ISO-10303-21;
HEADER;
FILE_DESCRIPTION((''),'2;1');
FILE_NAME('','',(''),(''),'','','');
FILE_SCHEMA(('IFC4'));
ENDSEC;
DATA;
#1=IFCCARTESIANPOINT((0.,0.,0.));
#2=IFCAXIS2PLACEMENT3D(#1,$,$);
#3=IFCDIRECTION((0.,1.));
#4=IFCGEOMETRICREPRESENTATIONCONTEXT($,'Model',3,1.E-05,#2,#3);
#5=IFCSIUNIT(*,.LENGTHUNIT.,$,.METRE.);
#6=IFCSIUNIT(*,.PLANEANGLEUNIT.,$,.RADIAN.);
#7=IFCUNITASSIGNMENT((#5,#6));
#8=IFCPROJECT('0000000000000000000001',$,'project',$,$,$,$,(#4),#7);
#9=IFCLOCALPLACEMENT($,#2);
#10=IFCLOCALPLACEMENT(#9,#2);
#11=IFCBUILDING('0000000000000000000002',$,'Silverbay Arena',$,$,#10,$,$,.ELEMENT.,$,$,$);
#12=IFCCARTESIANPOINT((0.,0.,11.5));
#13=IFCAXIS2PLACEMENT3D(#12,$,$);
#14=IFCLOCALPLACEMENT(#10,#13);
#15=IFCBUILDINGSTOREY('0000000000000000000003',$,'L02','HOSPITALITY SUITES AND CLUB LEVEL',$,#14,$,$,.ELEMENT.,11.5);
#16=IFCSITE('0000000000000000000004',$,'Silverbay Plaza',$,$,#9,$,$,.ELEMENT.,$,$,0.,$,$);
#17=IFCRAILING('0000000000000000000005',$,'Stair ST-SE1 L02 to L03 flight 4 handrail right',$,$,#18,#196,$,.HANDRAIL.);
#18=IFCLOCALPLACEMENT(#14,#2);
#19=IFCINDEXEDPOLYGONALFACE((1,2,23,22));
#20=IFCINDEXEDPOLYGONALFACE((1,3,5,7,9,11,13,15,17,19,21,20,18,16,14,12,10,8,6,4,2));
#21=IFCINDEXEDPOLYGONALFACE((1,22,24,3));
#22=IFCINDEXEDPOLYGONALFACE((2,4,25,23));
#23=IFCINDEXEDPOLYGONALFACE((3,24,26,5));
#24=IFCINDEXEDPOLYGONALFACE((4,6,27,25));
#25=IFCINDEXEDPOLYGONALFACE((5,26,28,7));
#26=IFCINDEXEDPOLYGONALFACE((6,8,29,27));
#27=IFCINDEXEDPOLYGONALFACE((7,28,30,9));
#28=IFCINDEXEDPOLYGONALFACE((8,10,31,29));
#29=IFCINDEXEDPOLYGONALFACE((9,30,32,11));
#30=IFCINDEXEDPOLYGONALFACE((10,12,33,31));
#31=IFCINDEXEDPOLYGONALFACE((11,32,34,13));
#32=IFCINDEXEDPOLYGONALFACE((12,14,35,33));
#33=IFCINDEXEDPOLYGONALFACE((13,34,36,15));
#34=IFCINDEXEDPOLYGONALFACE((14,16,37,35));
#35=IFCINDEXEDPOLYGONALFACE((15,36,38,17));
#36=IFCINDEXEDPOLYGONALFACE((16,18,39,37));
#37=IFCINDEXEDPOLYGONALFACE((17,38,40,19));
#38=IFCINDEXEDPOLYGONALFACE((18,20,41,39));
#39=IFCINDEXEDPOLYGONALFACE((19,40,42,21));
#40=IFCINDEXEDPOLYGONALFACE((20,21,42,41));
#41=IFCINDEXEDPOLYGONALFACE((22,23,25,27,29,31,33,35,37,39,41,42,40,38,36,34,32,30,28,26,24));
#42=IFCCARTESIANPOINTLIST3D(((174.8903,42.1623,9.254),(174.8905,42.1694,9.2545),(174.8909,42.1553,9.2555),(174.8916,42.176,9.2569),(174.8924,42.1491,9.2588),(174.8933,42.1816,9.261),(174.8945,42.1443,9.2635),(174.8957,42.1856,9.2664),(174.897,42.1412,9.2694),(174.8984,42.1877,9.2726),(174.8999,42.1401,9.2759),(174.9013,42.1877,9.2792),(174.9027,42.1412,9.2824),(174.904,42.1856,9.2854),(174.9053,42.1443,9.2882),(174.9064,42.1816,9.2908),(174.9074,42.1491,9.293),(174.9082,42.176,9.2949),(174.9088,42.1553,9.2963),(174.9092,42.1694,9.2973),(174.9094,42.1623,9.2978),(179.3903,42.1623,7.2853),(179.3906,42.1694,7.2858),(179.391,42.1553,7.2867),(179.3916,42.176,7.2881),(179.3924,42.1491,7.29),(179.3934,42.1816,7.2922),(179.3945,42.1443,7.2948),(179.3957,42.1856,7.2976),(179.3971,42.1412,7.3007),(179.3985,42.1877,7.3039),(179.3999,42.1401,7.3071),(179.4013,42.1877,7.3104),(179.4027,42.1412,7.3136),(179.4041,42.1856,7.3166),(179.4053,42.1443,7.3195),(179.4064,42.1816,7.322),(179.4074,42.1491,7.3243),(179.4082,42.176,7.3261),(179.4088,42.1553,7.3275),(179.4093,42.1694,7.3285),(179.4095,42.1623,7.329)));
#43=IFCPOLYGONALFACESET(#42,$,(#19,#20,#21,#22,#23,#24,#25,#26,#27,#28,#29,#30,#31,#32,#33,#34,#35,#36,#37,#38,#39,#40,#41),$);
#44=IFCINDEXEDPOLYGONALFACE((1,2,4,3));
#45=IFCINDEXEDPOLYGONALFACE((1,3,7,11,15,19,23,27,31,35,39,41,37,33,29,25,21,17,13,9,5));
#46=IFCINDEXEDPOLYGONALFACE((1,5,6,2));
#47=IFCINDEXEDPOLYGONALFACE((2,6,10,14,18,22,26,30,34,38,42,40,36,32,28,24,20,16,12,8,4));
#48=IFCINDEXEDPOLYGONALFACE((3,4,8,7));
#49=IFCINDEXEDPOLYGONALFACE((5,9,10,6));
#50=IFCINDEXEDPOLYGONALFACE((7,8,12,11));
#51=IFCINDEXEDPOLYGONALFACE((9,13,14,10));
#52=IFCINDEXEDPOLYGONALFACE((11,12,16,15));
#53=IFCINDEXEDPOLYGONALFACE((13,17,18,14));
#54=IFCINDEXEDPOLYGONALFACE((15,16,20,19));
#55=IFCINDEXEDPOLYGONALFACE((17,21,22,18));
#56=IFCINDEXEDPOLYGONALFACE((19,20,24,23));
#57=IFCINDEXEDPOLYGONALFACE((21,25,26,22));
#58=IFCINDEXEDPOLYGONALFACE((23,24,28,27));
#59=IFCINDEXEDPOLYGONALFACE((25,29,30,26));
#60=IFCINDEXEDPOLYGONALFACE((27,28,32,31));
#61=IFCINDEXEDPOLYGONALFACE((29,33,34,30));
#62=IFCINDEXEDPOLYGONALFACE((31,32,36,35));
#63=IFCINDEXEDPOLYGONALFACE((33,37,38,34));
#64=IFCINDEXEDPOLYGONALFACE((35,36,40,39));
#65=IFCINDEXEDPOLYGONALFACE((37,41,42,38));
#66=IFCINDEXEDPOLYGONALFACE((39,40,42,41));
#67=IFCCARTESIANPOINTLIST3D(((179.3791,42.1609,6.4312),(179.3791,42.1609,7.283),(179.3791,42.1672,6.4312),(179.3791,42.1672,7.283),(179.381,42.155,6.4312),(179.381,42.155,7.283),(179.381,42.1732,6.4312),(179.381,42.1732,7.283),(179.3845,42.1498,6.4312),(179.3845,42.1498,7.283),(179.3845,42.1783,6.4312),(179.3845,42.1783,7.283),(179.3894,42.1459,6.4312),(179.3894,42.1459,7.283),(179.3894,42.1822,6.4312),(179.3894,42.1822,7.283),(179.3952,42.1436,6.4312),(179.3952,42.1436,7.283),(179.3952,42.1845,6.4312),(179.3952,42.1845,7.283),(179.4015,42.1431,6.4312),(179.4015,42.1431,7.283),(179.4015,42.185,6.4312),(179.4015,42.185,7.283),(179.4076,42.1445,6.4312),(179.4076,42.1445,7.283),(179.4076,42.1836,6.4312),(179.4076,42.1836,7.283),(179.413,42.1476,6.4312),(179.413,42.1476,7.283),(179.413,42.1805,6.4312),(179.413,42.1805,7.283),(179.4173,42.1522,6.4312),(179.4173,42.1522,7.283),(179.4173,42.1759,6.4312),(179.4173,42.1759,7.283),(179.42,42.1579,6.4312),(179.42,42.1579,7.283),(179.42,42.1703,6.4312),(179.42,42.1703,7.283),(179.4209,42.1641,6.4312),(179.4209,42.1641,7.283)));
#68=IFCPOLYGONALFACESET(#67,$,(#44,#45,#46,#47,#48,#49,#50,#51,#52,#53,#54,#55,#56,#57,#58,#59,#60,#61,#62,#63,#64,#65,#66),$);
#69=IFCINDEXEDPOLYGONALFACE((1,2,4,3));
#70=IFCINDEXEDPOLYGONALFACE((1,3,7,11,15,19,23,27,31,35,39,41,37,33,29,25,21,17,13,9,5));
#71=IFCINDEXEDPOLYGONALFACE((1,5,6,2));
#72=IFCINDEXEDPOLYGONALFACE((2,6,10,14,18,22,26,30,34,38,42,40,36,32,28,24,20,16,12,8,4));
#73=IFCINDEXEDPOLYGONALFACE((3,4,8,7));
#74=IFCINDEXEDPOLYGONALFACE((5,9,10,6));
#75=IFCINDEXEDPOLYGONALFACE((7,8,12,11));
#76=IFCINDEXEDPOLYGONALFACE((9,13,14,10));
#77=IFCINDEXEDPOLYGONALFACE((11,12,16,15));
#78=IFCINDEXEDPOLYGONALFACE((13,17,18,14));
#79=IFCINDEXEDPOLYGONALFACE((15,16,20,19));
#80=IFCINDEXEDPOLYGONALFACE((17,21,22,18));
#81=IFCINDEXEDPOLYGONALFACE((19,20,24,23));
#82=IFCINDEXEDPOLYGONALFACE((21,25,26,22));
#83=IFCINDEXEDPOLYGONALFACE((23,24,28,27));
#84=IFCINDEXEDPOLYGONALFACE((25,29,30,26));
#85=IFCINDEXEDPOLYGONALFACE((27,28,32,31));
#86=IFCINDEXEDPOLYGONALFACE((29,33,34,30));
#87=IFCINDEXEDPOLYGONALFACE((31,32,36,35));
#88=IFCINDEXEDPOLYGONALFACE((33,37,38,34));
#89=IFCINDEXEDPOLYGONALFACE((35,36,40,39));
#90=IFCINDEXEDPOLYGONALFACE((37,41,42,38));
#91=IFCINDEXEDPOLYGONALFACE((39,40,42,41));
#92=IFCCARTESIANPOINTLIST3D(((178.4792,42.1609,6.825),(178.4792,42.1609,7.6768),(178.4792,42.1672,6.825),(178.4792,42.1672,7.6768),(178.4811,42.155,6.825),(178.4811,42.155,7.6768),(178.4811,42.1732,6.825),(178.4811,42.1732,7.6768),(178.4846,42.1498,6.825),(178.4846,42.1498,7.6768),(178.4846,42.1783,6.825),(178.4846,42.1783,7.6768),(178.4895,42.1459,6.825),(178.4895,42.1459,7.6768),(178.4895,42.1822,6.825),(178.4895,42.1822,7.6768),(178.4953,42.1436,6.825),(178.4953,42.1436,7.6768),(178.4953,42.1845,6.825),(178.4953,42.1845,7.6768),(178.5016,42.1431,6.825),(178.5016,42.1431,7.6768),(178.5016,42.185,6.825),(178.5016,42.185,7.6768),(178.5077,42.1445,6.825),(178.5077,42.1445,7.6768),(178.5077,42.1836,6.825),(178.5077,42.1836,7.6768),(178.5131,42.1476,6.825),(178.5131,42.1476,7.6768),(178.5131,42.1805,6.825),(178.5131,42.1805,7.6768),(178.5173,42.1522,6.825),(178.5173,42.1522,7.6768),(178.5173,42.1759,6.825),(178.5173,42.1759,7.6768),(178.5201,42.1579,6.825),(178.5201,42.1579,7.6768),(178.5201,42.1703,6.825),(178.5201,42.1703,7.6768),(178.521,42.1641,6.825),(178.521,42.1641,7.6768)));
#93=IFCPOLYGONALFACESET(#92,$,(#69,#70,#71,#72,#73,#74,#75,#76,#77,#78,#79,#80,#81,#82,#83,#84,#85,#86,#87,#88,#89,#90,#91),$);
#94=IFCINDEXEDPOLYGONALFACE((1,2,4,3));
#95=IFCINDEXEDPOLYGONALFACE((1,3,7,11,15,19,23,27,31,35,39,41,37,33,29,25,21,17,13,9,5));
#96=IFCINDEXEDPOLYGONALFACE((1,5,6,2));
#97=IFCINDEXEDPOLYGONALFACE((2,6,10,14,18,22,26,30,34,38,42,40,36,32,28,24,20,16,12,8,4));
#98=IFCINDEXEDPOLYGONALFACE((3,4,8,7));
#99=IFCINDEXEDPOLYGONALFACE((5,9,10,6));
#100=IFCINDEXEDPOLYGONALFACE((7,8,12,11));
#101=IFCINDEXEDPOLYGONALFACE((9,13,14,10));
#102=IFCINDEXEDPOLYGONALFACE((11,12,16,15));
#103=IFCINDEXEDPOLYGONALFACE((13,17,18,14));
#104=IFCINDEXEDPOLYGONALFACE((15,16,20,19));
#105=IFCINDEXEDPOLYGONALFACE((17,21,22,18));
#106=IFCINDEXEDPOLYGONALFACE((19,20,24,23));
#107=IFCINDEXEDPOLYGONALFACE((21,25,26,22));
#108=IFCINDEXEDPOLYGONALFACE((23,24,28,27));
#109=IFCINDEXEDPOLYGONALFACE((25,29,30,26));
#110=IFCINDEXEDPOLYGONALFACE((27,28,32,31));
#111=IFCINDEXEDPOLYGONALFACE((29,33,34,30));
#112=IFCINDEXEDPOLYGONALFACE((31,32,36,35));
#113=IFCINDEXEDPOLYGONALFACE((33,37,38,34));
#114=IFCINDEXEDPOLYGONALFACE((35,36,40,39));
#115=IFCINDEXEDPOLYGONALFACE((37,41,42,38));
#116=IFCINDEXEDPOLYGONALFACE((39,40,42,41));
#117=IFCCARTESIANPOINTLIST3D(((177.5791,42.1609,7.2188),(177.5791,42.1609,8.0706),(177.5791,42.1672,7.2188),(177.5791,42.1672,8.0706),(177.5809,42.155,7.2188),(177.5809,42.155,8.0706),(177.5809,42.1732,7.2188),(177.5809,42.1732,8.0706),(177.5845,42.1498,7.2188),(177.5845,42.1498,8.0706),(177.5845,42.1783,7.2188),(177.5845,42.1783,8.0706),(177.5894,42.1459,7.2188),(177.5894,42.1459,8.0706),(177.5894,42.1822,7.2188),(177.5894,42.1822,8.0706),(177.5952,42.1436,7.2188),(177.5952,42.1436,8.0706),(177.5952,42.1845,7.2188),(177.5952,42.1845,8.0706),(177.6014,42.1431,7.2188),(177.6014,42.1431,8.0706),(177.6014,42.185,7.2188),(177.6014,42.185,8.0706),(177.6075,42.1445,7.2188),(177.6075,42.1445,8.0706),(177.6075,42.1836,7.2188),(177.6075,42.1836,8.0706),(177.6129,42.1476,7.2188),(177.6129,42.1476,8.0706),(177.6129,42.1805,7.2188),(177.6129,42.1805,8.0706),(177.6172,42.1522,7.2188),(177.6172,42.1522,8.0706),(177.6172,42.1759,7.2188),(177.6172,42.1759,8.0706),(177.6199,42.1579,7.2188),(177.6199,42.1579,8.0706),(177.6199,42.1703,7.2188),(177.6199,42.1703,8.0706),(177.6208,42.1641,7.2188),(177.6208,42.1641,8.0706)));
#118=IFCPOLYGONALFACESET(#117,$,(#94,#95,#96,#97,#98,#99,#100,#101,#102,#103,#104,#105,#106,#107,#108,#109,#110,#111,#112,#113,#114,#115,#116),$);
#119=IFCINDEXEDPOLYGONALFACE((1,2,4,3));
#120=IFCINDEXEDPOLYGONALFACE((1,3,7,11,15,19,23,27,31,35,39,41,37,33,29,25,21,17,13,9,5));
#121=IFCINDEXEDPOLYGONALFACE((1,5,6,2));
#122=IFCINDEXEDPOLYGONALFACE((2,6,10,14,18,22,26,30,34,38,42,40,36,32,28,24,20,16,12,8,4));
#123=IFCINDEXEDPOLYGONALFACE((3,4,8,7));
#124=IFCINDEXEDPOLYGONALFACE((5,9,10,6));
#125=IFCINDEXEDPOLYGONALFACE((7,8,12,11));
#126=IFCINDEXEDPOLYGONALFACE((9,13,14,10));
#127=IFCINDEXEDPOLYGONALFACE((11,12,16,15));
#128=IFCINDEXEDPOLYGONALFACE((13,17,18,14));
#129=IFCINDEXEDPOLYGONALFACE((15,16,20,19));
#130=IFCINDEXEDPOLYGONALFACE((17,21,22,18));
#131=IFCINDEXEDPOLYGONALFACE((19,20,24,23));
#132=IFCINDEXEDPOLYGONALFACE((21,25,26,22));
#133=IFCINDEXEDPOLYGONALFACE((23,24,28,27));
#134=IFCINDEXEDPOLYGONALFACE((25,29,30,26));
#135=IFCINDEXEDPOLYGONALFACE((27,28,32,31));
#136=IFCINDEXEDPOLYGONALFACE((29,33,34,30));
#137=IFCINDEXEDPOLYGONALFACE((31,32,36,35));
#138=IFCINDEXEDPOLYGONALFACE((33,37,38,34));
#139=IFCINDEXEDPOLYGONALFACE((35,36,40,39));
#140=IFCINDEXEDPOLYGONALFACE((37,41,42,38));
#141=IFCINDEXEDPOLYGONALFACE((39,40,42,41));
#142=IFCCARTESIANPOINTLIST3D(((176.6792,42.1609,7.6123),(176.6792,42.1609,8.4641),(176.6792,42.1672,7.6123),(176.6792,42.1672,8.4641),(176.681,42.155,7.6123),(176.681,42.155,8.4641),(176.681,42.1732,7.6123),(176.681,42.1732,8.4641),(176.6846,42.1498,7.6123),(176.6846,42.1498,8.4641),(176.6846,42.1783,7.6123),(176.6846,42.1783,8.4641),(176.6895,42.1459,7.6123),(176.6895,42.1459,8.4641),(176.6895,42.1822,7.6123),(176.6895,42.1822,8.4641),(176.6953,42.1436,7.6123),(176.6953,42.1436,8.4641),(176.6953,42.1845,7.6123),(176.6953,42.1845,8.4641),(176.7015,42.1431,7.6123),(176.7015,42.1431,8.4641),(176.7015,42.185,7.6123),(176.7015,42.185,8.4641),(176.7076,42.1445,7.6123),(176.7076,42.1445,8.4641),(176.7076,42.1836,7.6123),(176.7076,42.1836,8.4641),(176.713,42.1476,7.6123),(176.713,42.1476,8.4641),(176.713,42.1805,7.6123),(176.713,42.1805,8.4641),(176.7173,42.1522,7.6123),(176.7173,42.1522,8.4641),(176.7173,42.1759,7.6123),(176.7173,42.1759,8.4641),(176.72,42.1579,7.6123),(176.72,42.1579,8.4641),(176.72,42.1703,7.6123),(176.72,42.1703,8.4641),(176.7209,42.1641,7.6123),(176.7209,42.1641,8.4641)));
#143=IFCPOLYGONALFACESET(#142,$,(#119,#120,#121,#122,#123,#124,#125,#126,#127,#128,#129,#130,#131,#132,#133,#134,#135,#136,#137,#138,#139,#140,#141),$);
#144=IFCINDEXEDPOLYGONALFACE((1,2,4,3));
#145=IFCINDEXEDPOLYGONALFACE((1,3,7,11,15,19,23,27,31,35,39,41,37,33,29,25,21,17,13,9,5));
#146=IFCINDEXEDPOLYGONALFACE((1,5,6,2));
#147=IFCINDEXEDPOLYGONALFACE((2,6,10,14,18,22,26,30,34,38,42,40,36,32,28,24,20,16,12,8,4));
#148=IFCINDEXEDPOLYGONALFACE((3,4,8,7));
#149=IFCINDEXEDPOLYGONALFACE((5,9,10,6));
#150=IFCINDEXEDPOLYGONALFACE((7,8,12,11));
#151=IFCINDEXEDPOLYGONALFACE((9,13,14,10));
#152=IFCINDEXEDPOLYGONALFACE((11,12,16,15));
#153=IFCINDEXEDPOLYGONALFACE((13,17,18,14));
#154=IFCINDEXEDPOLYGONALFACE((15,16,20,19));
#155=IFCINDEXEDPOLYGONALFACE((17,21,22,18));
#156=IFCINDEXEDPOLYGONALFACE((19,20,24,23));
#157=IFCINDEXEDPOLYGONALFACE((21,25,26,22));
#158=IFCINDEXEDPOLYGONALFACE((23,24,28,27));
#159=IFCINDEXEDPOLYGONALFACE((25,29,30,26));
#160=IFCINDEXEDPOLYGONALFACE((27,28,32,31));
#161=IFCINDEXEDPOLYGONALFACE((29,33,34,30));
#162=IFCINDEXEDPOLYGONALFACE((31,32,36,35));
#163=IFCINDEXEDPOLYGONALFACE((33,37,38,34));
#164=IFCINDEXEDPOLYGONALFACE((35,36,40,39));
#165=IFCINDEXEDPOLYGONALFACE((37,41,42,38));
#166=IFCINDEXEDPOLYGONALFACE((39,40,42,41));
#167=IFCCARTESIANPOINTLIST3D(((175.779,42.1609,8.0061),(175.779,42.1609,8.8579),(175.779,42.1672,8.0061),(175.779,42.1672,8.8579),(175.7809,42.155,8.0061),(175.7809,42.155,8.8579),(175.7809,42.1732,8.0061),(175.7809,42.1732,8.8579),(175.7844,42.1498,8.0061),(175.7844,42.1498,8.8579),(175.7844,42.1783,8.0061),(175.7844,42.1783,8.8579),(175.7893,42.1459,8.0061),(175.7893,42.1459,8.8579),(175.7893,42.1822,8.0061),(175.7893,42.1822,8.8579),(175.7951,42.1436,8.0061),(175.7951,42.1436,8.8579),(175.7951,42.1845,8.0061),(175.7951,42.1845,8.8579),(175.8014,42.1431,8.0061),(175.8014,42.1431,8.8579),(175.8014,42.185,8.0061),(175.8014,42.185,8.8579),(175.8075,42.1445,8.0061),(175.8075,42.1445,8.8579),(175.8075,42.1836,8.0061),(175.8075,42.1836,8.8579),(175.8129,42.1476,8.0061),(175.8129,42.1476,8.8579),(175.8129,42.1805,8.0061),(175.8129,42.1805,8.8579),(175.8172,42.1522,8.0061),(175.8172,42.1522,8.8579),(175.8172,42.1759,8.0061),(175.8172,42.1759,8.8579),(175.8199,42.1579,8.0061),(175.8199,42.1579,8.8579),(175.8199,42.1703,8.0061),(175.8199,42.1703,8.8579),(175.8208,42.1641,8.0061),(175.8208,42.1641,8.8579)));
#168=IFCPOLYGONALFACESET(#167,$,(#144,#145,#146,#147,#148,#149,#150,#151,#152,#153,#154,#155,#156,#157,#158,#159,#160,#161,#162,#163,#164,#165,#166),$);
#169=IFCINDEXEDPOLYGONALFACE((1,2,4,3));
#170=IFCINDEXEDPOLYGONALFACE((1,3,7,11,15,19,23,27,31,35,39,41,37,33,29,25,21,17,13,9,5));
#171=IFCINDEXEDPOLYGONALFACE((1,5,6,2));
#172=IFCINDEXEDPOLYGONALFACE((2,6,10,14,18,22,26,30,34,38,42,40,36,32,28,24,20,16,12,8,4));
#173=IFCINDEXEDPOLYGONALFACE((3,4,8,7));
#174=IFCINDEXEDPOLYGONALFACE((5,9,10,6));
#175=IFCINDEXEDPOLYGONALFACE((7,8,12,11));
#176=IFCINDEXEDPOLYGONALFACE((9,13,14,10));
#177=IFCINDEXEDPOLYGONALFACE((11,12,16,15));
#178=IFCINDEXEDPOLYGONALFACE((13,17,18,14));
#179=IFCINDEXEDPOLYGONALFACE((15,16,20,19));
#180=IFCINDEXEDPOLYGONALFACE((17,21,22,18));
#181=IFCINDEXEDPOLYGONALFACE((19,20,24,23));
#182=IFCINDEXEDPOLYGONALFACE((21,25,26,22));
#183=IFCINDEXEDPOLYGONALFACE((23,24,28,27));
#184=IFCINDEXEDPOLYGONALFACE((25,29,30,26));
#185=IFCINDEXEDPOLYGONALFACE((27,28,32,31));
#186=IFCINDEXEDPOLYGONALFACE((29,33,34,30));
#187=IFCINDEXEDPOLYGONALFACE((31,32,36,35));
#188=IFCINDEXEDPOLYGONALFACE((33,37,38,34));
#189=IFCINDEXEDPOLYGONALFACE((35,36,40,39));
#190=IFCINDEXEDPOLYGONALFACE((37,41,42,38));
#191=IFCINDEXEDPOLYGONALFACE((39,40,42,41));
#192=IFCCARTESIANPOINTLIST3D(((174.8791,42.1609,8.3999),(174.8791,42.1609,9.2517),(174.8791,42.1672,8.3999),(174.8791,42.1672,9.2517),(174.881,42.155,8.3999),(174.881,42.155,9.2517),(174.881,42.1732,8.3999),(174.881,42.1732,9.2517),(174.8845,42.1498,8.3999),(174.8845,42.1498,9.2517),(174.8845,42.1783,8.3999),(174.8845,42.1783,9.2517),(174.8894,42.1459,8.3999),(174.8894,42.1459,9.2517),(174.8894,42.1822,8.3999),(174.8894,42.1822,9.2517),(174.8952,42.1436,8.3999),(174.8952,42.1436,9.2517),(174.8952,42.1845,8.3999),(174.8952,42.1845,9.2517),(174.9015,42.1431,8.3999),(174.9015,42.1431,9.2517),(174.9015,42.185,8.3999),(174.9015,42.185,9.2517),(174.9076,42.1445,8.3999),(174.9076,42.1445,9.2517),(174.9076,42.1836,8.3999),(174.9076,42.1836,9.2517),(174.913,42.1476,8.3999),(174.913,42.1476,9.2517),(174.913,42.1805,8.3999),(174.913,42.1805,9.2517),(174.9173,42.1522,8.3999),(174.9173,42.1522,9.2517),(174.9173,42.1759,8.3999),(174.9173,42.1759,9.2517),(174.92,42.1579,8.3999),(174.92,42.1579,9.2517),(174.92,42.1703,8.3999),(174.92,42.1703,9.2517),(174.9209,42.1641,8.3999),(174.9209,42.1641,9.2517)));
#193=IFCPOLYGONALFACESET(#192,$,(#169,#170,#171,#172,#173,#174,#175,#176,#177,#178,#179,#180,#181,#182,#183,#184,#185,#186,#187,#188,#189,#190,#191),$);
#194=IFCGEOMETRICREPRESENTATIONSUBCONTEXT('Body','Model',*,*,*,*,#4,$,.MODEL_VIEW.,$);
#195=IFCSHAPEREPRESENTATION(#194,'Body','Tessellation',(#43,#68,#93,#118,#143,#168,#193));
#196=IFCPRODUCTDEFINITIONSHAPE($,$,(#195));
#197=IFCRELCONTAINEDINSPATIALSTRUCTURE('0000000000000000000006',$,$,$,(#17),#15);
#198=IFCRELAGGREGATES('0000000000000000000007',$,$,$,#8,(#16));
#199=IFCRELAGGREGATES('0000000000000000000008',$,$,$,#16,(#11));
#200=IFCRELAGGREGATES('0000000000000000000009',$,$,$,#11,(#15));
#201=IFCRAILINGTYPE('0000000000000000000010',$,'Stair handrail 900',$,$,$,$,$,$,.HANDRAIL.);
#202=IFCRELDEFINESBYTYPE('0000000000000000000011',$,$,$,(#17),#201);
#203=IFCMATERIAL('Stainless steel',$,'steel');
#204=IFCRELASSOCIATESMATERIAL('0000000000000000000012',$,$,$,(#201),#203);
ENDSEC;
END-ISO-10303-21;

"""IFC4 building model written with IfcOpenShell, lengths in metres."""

from ifc_helpers import new_model, si_unit, direction, frame, origin, origin_2d, place, context, subcontext, project, spatial, circle, extrude, material, type_object, element, save


model = new_model("IFC4")

# Units and contexts
model_context = context("Model", 3, precision=1e-05, world=origin(), true_north=direction((0.0, 1.0)))
body_context = subcontext(model_context, "Body", "Model", "MODEL_VIEW")
ifc_project = project(units=[si_unit("LENGTHUNIT", "METRE"), si_unit("PLANEANGLEUNIT", "RADIAN")], contexts=[model_context])

# Site, building, storey
site_placement = place(None, origin())
site = spatial("IfcSite", under=ifc_project, at=site_placement, Name="Silverbay Plaza", CompositionType="ELEMENT", RefElevation=0.0)
building_placement = place(site_placement, origin())
building = spatial("IfcBuilding", under=site, at=building_placement, Name="Silverbay Arena", CompositionType="ELEMENT")
storey_placement = place(building_placement, frame((0.0, 0.0, 11.5)))
storey = spatial("IfcBuildingStorey", under=building, at=storey_placement, Name="L02", Description="HOSPITALITY SUITES AND CLUB LEVEL", CompositionType="ELEMENT", Elevation=11.5)

# Railing
ifc_material_1 = material(Name="Stainless steel", Category="steel")
railing_type_1 = type_object("IfcRailingType", Name="Stair handrail 900", PredefinedType="HANDRAIL", material=ifc_material_1)
railing_1_placement = place(storey_placement, frame((179.3999, 42.1641, 6.4312)))
element("IfcRailing", 1, at=railing_1_placement, inside=storey, type_object=railing_type_1, Name="Stair ST-SE1 L02 to L03 flight 4 handrail right", PredefinedType="HANDRAIL", context=body_context, shape_type="SweptSolid", body=[
    extrude(circle(Radius=0.0239, at=origin_2d()), frame((0.0, 0.0, 0.876), z_axis=(-0.916157, 0.0, 0.400819), x_axis=(0.0, -1.0, 0.0)), (0.0, 0.0, 1.0), 4.9119),
    extrude(circle(Radius=0.021, at=origin_2d()), origin(), (0.0, 0.0, 1.0), 0.8518),
    extrude(circle(Radius=0.021, at=origin_2d()), frame((-0.8999, 0.0, 0.3938)), (0.0, 0.0, 1.0), 0.8518),
    extrude(circle(Radius=0.021, at=origin_2d()), frame((-1.8, 0.0, 0.7876)), (0.0, 0.0, 1.0), 0.8518),
    extrude(circle(Radius=0.021, at=origin_2d()), frame((-2.7, 0.0, 1.1812)), (0.0, 0.0, 1.0), 0.8518),
    extrude(circle(Radius=0.021, at=origin_2d()), frame((-3.6001, 0.0, 1.575)), (0.0, 0.0, 1.0), 0.8518),
    extrude(circle(Radius=0.021, at=origin_2d()), frame((-4.5, 0.0, 1.9688)), (0.0, 0.0, 1.0), 0.8518),
])

save(model, "model.ifc")
